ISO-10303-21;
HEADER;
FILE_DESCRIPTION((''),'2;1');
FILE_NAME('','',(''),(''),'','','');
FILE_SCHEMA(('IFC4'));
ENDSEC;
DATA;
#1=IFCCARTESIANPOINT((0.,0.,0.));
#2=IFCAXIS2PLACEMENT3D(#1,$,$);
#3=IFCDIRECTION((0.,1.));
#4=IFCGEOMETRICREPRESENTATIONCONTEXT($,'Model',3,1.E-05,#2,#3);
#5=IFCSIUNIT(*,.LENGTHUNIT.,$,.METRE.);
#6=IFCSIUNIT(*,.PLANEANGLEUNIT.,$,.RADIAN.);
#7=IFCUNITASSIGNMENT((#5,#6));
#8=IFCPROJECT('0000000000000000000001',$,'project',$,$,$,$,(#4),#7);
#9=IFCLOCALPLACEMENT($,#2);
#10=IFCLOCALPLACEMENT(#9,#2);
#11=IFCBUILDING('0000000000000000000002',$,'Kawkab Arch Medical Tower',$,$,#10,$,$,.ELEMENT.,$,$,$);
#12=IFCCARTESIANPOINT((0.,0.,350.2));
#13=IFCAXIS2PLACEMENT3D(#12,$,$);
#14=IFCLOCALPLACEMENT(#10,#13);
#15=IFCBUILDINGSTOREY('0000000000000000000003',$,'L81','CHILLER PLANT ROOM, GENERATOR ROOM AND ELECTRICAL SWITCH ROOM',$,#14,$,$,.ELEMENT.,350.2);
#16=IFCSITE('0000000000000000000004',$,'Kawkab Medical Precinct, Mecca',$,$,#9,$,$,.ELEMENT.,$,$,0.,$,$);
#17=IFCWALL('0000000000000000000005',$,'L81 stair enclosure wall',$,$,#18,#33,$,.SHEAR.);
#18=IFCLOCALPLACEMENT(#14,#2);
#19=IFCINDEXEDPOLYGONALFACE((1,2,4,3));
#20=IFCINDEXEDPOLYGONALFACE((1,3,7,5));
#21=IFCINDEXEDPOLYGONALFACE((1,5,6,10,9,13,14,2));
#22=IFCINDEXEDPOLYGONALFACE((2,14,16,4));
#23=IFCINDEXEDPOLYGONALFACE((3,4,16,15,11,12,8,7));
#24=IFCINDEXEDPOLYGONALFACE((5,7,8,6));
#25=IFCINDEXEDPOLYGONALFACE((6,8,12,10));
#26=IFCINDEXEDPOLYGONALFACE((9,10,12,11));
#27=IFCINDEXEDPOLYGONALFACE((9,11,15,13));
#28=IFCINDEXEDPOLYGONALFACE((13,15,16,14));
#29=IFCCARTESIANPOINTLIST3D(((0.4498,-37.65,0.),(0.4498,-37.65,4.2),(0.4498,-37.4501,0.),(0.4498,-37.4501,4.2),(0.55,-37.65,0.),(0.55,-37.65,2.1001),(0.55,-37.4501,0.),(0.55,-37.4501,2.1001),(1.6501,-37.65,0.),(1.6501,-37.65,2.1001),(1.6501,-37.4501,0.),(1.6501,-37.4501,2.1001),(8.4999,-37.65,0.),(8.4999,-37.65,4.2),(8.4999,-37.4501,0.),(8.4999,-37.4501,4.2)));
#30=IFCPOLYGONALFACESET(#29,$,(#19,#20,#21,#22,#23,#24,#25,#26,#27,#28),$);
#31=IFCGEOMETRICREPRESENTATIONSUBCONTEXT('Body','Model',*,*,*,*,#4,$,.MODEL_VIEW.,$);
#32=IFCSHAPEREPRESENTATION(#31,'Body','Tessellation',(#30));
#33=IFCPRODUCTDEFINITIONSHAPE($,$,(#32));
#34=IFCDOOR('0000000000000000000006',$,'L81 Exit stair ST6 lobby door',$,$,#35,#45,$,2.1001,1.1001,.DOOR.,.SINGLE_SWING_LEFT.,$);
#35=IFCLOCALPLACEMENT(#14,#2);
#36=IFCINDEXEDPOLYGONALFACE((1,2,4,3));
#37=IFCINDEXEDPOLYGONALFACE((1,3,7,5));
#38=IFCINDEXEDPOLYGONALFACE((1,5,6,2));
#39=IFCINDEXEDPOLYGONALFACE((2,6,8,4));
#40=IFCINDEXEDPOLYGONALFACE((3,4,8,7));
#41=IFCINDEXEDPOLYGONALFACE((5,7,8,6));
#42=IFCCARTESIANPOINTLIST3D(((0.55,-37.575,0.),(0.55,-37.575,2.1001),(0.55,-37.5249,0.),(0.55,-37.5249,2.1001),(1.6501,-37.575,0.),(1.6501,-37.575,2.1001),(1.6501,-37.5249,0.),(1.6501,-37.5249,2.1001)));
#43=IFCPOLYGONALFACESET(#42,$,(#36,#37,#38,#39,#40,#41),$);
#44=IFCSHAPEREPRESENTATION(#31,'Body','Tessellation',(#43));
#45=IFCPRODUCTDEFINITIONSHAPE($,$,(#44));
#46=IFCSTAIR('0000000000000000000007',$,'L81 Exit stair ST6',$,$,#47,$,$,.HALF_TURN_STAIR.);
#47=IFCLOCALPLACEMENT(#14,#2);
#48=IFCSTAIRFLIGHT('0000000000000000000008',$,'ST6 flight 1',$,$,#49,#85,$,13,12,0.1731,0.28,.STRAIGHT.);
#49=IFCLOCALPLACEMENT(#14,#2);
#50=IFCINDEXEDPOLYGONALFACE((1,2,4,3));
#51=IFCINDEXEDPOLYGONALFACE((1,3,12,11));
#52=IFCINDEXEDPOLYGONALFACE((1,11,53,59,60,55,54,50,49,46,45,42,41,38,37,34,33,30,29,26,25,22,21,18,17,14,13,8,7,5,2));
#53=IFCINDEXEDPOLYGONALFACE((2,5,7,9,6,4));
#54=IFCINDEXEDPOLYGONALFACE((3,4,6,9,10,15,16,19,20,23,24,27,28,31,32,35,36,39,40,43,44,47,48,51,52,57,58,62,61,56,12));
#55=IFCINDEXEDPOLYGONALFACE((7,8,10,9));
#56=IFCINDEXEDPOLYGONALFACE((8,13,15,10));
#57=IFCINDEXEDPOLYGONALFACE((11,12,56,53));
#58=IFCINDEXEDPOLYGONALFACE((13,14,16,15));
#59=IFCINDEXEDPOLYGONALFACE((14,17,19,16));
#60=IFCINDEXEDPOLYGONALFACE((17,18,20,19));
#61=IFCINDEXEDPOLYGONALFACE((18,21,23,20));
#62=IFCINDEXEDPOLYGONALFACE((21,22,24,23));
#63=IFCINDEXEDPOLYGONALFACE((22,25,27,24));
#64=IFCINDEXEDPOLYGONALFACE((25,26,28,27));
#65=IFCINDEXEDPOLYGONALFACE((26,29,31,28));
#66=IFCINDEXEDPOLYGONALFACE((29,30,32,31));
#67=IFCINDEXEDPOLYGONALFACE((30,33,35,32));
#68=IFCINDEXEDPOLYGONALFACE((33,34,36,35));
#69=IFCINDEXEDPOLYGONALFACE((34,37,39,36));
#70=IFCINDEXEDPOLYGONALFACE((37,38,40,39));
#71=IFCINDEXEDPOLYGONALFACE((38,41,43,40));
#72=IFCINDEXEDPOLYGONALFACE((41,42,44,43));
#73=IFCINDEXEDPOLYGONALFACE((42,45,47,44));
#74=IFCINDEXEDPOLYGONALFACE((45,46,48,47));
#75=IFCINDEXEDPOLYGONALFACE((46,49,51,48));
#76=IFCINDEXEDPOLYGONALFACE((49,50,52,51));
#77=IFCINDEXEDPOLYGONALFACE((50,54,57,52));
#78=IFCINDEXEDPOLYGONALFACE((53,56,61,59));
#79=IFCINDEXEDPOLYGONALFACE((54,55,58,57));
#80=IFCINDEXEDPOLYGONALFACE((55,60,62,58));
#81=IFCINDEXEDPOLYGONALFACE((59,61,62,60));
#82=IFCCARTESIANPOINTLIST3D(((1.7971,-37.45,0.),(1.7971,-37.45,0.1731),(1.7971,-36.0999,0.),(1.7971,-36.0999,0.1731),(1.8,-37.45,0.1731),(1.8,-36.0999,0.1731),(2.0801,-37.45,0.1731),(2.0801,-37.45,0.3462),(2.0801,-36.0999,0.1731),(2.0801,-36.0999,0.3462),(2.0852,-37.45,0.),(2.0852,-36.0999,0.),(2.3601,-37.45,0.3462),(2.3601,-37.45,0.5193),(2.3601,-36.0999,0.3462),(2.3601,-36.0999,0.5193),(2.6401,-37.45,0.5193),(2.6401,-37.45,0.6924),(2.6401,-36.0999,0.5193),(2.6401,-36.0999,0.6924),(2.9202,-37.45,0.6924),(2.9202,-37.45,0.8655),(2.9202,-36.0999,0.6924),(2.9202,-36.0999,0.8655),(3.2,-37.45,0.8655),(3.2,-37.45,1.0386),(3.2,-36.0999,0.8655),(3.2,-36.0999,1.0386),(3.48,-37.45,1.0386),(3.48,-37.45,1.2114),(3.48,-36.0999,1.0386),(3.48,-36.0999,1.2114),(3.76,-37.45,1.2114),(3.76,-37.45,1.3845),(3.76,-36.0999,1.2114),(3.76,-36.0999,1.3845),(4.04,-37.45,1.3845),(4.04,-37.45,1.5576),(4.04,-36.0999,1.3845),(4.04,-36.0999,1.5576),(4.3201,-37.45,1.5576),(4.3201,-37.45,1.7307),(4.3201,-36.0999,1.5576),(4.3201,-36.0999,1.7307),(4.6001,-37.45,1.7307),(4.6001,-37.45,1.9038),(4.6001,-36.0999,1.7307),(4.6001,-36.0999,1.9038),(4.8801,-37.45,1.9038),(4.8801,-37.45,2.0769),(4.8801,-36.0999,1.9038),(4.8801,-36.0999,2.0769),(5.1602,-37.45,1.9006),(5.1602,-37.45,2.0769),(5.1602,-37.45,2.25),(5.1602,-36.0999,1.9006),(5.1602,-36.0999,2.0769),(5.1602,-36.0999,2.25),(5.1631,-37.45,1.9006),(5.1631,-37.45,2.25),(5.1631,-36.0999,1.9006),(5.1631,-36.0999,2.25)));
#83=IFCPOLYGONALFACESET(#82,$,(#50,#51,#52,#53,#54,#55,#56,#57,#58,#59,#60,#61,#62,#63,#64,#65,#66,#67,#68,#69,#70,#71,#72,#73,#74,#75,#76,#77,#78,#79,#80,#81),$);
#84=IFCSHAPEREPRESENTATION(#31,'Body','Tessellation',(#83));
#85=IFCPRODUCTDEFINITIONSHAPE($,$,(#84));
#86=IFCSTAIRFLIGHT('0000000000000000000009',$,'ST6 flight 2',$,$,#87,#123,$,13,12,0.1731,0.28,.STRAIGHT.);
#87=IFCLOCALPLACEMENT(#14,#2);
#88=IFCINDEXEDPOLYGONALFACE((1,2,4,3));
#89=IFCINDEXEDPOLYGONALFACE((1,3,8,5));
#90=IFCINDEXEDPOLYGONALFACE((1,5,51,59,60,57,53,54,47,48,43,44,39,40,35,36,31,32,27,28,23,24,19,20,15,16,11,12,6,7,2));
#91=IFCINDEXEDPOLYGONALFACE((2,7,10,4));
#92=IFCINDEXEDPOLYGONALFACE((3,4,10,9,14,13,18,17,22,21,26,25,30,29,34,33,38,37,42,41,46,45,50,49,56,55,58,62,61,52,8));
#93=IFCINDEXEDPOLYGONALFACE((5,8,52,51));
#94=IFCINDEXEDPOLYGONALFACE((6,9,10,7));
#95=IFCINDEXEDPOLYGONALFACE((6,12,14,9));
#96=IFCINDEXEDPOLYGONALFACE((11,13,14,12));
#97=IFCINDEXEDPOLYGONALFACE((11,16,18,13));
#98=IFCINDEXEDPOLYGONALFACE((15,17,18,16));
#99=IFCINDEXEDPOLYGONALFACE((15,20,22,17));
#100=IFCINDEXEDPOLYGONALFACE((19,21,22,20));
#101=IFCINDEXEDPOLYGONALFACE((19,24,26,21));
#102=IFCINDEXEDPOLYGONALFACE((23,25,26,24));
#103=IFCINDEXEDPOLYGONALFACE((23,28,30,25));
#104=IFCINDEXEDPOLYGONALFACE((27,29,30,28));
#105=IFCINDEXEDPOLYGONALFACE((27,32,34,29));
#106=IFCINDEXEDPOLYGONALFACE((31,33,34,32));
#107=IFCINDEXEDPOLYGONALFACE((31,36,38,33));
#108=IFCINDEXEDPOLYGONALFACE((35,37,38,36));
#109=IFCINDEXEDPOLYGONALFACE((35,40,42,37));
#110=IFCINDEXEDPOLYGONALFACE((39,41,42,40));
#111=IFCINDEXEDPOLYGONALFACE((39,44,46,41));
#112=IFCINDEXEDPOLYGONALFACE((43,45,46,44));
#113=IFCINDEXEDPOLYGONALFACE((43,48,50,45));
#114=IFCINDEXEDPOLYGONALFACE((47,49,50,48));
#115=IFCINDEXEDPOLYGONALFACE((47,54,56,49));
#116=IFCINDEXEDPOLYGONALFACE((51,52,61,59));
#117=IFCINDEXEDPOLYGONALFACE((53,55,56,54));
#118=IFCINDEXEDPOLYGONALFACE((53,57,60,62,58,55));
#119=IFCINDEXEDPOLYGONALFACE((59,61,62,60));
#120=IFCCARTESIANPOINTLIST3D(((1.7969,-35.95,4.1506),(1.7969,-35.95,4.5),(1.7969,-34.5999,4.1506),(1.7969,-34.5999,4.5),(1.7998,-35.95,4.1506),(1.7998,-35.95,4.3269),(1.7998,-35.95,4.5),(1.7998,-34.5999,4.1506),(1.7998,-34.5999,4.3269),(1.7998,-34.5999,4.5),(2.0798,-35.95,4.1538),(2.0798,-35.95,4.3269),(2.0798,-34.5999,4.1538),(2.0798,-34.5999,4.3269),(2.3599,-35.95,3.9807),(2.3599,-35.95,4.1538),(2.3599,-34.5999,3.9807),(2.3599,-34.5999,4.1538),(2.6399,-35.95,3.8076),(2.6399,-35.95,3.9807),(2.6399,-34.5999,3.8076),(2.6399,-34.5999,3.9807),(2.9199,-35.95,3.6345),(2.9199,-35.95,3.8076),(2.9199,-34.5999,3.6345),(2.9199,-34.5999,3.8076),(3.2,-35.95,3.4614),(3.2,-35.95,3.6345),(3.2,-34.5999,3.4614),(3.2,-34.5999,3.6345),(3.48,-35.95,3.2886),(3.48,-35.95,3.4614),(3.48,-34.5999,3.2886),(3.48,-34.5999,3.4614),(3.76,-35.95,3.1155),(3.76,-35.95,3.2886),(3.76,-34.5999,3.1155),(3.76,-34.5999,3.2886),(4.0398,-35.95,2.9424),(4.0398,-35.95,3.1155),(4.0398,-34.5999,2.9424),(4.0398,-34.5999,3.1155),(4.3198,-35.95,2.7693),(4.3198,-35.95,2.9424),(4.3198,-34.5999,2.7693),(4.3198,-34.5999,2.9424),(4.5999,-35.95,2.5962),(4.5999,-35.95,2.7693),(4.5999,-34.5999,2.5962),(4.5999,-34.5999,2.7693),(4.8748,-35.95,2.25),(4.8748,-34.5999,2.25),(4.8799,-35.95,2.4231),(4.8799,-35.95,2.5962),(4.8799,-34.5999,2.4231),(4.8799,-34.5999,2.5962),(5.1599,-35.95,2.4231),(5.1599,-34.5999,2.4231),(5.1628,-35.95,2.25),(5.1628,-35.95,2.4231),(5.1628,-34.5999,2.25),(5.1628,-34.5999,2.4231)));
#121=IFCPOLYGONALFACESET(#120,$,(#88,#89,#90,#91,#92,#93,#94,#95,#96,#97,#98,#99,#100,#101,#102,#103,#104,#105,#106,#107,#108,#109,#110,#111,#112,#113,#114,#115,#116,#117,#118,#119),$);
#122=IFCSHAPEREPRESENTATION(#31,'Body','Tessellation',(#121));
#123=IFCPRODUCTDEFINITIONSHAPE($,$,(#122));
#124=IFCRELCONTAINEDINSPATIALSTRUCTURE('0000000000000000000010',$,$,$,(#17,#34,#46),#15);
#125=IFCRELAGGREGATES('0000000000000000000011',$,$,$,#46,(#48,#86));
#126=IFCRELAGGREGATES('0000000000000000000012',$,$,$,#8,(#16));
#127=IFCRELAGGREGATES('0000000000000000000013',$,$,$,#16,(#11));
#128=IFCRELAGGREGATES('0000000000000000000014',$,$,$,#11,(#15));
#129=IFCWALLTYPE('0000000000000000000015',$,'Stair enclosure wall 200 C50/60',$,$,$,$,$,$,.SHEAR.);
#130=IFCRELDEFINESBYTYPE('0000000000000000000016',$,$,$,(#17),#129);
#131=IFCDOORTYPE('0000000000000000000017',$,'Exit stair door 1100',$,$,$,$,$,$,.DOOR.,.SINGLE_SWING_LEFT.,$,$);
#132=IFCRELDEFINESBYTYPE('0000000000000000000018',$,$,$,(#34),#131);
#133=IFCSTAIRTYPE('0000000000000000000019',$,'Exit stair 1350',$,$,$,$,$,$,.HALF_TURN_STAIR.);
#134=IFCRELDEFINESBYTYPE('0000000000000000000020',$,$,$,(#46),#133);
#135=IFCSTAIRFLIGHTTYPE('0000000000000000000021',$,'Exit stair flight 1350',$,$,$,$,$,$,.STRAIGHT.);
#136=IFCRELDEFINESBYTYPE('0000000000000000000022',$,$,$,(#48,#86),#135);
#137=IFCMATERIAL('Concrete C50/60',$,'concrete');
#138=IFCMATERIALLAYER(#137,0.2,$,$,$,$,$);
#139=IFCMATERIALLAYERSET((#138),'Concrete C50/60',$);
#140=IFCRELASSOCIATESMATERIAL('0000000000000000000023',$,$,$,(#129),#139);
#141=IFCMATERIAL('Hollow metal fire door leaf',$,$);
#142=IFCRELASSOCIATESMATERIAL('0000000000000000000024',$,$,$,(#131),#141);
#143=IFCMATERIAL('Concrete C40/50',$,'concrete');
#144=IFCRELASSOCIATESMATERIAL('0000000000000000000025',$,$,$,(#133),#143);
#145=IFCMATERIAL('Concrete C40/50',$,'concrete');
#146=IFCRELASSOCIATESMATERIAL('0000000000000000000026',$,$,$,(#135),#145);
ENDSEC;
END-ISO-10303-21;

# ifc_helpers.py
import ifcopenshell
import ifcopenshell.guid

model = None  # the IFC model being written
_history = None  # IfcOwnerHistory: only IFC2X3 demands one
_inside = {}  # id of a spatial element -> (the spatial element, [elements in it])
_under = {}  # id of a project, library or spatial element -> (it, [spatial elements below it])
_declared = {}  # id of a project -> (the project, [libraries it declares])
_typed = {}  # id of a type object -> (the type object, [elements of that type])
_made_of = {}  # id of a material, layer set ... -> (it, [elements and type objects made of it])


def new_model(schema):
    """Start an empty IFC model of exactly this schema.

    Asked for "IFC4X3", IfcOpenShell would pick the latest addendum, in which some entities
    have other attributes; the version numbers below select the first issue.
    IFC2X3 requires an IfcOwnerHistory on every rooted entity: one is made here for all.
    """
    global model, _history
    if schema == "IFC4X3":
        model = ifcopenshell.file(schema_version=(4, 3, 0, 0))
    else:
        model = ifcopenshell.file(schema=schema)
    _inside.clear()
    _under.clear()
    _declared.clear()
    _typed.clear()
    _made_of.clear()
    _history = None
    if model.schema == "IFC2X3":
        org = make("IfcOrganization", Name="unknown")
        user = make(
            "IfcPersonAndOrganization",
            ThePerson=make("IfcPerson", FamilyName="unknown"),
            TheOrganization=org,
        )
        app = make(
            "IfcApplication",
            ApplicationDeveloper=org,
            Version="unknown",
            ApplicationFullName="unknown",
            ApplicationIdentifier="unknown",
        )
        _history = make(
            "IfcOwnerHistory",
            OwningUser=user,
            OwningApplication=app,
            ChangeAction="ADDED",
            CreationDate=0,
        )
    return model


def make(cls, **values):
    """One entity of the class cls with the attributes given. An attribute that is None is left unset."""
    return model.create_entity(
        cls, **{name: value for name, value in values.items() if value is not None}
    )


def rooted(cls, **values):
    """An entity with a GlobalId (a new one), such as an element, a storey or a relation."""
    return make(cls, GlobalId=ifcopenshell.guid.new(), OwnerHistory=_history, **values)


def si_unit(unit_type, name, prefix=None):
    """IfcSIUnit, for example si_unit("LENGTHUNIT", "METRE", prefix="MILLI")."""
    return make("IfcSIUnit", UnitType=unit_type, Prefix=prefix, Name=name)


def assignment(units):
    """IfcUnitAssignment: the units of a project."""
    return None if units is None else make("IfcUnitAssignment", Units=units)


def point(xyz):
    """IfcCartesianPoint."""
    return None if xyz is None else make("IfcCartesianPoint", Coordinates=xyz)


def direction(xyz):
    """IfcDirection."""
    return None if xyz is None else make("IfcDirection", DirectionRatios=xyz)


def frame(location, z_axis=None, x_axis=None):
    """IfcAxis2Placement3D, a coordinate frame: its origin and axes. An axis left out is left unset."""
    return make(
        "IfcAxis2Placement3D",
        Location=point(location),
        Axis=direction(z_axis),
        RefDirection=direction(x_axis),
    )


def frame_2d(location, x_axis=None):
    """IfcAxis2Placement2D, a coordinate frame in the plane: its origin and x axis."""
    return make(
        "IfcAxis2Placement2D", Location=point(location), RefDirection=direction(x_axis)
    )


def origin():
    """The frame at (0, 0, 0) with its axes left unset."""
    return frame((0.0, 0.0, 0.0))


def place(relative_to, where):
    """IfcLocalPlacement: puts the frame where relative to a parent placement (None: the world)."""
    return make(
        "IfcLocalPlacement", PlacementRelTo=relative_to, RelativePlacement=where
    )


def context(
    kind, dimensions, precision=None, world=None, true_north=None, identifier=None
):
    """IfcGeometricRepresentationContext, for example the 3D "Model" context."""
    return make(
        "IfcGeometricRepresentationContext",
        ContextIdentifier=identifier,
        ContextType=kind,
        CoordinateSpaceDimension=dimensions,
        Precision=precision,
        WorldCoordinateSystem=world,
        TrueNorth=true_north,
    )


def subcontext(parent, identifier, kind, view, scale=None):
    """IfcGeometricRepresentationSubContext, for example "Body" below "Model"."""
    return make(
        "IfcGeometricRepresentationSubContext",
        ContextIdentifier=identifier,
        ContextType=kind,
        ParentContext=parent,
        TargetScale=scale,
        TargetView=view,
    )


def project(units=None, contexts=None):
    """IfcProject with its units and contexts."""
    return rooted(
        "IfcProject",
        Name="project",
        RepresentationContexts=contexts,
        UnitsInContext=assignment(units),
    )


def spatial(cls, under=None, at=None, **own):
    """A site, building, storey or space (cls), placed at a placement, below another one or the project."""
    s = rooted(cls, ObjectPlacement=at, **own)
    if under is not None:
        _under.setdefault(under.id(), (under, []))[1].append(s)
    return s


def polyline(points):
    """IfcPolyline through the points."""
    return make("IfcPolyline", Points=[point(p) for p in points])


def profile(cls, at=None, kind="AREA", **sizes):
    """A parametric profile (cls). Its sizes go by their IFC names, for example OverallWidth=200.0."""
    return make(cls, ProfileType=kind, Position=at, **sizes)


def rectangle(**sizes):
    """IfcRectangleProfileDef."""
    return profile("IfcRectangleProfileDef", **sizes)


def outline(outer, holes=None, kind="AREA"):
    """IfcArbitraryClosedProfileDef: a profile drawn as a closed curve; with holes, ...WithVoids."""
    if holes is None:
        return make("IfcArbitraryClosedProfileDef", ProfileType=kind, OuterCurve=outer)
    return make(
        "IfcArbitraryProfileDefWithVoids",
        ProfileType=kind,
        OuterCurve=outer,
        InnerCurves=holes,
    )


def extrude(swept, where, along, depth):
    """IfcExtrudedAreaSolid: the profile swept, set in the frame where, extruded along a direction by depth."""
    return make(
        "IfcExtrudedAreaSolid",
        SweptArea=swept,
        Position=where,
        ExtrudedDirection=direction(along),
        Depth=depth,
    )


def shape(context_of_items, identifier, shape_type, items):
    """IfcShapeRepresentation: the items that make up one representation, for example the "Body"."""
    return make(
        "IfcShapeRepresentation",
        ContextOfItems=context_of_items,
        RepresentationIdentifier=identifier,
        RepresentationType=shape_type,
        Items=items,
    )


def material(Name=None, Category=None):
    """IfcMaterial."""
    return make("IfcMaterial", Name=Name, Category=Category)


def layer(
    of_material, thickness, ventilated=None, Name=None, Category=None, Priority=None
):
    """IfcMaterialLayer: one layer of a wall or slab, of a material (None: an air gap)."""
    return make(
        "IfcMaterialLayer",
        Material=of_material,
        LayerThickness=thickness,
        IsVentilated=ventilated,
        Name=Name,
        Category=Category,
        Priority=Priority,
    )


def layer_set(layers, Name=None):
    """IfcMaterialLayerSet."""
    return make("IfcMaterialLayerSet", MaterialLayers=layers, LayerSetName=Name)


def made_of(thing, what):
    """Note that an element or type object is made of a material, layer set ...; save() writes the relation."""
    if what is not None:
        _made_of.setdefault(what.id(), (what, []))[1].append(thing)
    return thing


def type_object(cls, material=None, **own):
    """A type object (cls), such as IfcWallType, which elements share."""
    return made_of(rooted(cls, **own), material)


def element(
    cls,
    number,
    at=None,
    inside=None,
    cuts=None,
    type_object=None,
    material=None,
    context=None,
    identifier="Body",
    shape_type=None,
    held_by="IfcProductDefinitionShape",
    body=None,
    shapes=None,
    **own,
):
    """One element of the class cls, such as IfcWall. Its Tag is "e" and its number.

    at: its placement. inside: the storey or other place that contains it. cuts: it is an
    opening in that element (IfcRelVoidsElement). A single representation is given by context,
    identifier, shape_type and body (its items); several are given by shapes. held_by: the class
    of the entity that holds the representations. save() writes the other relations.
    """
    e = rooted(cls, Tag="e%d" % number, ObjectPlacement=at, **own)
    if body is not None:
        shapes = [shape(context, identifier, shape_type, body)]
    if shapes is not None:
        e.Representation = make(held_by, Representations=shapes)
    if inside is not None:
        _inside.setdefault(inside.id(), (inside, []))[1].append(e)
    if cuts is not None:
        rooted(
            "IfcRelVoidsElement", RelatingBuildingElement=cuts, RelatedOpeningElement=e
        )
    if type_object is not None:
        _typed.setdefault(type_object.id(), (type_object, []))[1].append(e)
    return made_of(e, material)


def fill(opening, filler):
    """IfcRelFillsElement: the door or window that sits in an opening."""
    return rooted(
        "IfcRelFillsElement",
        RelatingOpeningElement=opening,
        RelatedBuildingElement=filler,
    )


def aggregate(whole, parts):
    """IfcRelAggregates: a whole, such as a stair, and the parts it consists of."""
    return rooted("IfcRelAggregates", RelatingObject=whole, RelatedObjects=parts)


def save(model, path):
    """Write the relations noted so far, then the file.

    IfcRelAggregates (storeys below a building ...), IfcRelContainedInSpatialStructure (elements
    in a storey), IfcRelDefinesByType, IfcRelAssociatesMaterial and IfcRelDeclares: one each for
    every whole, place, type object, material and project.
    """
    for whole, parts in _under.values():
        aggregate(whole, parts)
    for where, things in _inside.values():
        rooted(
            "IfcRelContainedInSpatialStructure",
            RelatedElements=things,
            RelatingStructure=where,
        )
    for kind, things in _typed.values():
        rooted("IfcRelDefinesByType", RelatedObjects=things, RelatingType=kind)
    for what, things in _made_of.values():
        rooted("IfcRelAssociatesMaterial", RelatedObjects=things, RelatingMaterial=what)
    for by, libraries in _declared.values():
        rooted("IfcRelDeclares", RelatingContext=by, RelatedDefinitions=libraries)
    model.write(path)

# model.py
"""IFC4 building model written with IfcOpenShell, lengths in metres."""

from ifc_helpers import new_model, si_unit, direction, frame, frame_2d, origin, place, context, subcontext, project, spatial, polyline, rectangle, outline, extrude, material, layer, layer_set, type_object, element, fill, aggregate, save


model = new_model("IFC4")

# Units and contexts
model_context = context("Model", 3, precision=1e-05, world=origin(), true_north=direction((0.0, 1.0)))
body_context = subcontext(model_context, "Body", "Model", "MODEL_VIEW")
ifc_project = project(units=[si_unit("LENGTHUNIT", "METRE"), si_unit("PLANEANGLEUNIT", "RADIAN")], contexts=[model_context])

# Site, building, storey
site_placement = place(None, origin())
site = spatial("IfcSite", under=ifc_project, at=site_placement, Name="Kawkab Medical Precinct, Mecca", CompositionType="ELEMENT", RefElevation=0.0)
building_placement = place(site_placement, origin())
building = spatial("IfcBuilding", under=site, at=building_placement, Name="Kawkab Arch Medical Tower", CompositionType="ELEMENT")
storey_placement = place(building_placement, frame((0.0, 0.0, 350.2)))
storey = spatial("IfcBuildingStorey", under=building, at=storey_placement, Name="L81", Description="CHILLER PLANT ROOM, GENERATOR ROOM AND ELECTRICAL SWITCH ROOM", CompositionType="ELEMENT", Elevation=350.2)

# Shared definitions
placement = place(storey_placement, origin())

# Wall, opening, door
ifc_material_1 = material(Name="Concrete C50/60", Category="concrete")
ifc_layer_1 = layer(ifc_material_1, 0.2)
ifc_layer_set_1 = layer_set([ifc_layer_1], Name="Concrete C50/60")
wall_type_1 = type_object("IfcWallType", Name="Stair enclosure wall 200 C50/60", PredefinedType="SHEAR", material=ifc_layer_set_1)
ifc_material_2 = material(Name="Hollow metal fire door leaf")
door_type_1 = type_object("IfcDoorType", Name="Exit stair door 1100", OperationType="SINGLE_SWING_LEFT", PredefinedType="DOOR", material=ifc_material_2)
wall_1_placement = place(storey_placement, frame((0.45, -37.55, 0.0), z_axis=(0.0, 0.0, 1.0), x_axis=(1.0, 0.0, 0.0)))
wall_1 = element("IfcWall", 1, at=wall_1_placement, inside=storey, type_object=wall_type_1, Name="L81 stair enclosure wall", PredefinedType="SHEAR", context=body_context, shape_type="SweptSolid", body=[
    extrude(rectangle(XDim=8.05, YDim=0.2, at=frame_2d((4.0249, 0.0))), origin(), (0.0, 0.0, 1.0), 4.2),
])
opening_1_placement = place(wall_1_placement, frame((0.1001, 0.0, 0.0)))
opening_1 = element("IfcOpeningElement", 2, at=opening_1_placement, cuts=wall_1, PredefinedType="OPENING", context=body_context, shape_type="SweptSolid", body=[
    extrude(rectangle(XDim=1.1001, YDim=2.1001, at=frame_2d((0.55, 1.05))), frame((0.0, 0.1099, 0.0), z_axis=(0.0, -1.0, 0.0), x_axis=(1.0, 0.0, 0.0)), (0.0, 0.0, 1.0), 0.22),
])
door_1_placement = place(opening_1_placement, frame((1.1001, 0.0, 0.0), z_axis=(0.0, 0.0, 1.0), x_axis=(-1.0, 0.0, 0.0)))
door_1 = element("IfcDoor", 3, at=door_1_placement, inside=storey, type_object=door_type_1, Name="L81 Exit stair ST6 lobby door", OperationType="SINGLE_SWING_LEFT", OverallHeight=2.1001, OverallWidth=1.1001, PredefinedType="DOOR", context=body_context, shape_type="SweptSolid", body=[
    extrude(rectangle(XDim=1.1001, YDim=2.1001, at=frame_2d((0.55, 1.05))), frame((0.0, 0.0249, 0.0), z_axis=(0.0, -1.0, 0.0), x_axis=(1.0, 0.0, 0.0)), (0.0, 0.0, 1.0), 0.05),
])
fill(opening_1, door_1)

# Stair, stair flights
ifc_material_3 = material(Name="Concrete C40/50", Category="concrete")
stair_type = type_object("IfcStairType", Name="Exit stair 1350", PredefinedType="HALF_TURN_STAIR", material=ifc_material_3)
stair = element("IfcStair", 4, at=placement, inside=storey, type_object=stair_type, Name="L81 Exit stair ST6", PredefinedType="HALF_TURN_STAIR")
ifc_material_4 = material(Name="Concrete C40/50", Category="concrete")
stair_flight_type = type_object("IfcStairFlightType", Name="Exit stair flight 1350", PredefinedType="STRAIGHT", material=ifc_material_4)
stair_flight_1_placement = place(storey_placement, frame((1.8, -36.7749, 0.0), z_axis=(0.0, 0.0, 1.0), x_axis=(1.0, 0.0, 0.0)))
stair_flight_1 = element("IfcStairFlight", 5, at=stair_flight_1_placement, type_object=stair_flight_type, Name="ST6 flight 1", NumberOfRisers=13, NumberOfTreads=12, PredefinedType="STRAIGHT", RiserHeight=0.1731, TreadLength=0.28, context=body_context, shape_type="SweptSolid", body=[
    extrude(outline(polyline([(-0.0029, 0.0), (-0.0029, 0.1731), (0.0, 0.1731), (0.28, 0.1731), (0.28, 0.3462), (0.5601, 0.3462), (0.5601, 0.5193), (0.8401, 0.5193), (0.8401, 0.6924), (1.1201, 0.6924), (1.1201, 0.8655), (1.3999, 0.8655), (1.3999, 1.0386), (1.6799, 1.0386), (1.6799, 1.2114), (1.96, 1.2114), (1.96, 1.3845), (2.24, 1.3845), (2.24, 1.5576), (2.52, 1.5576), (2.52, 1.7307), (2.8, 1.7307), (2.8, 1.9038), (3.0801, 1.9038), (3.0801, 2.0769), (3.3601, 2.0769), (3.3601, 2.25), (3.363, 2.25), (3.363, 1.9006), (3.3601, 1.9006), (0.2852, 0.0), (-0.0029, 0.0)])), frame((0.0, 0.675, 0.0), z_axis=(0.0, -1.0, 0.0), x_axis=(1.0, 0.0, 0.0)), (0.0, 0.0, 1.0), 1.3501),
])
stair_flight_2_placement = place(storey_placement, frame((5.1599, -35.2749, 2.25), z_axis=(0.0, 0.0, 1.0), x_axis=(-1.0, 0.0, 0.0)))
stair_flight_2 = element("IfcStairFlight", 6, at=stair_flight_2_placement, type_object=stair_flight_type, Name="ST6 flight 2", NumberOfRisers=13, NumberOfTreads=12, PredefinedType="STRAIGHT", RiserHeight=0.1731, TreadLength=0.28, context=body_context, shape_type="SweptSolid", body=[
    extrude(outline(polyline([(-0.0029, 0.0), (-0.0029, 0.1731), (0.0, 0.1731), (0.28, 0.1731), (0.28, 0.3462), (0.5601, 0.3462), (0.5601, 0.5193), (0.8401, 0.5193), (0.8401, 0.6924), (1.1201, 0.6924), (1.1201, 0.8655), (1.3999, 0.8655), (1.3999, 1.0386), (1.6799, 1.0386), (1.6799, 1.2114), (1.96, 1.2114), (1.96, 1.3845), (2.24, 1.3845), (2.24, 1.5576), (2.52, 1.5576), (2.52, 1.7307), (2.8, 1.7307), (2.8, 1.9038), (3.0801, 1.9038), (3.0801, 2.0769), (3.3601, 2.0769), (3.3601, 2.25), (3.363, 2.25), (3.363, 1.9006), (3.3601, 1.9006), (0.2852, 0.0), (-0.0029, 0.0)])), frame((0.0, 0.675, 0.0), z_axis=(0.0, -1.0, 0.0), x_axis=(1.0, 0.0, 0.0)), (0.0, 0.0, 1.0), 1.3501),
])
aggregate(stair, [stair_flight_1, stair_flight_2])

save(model, "model.ifc")
